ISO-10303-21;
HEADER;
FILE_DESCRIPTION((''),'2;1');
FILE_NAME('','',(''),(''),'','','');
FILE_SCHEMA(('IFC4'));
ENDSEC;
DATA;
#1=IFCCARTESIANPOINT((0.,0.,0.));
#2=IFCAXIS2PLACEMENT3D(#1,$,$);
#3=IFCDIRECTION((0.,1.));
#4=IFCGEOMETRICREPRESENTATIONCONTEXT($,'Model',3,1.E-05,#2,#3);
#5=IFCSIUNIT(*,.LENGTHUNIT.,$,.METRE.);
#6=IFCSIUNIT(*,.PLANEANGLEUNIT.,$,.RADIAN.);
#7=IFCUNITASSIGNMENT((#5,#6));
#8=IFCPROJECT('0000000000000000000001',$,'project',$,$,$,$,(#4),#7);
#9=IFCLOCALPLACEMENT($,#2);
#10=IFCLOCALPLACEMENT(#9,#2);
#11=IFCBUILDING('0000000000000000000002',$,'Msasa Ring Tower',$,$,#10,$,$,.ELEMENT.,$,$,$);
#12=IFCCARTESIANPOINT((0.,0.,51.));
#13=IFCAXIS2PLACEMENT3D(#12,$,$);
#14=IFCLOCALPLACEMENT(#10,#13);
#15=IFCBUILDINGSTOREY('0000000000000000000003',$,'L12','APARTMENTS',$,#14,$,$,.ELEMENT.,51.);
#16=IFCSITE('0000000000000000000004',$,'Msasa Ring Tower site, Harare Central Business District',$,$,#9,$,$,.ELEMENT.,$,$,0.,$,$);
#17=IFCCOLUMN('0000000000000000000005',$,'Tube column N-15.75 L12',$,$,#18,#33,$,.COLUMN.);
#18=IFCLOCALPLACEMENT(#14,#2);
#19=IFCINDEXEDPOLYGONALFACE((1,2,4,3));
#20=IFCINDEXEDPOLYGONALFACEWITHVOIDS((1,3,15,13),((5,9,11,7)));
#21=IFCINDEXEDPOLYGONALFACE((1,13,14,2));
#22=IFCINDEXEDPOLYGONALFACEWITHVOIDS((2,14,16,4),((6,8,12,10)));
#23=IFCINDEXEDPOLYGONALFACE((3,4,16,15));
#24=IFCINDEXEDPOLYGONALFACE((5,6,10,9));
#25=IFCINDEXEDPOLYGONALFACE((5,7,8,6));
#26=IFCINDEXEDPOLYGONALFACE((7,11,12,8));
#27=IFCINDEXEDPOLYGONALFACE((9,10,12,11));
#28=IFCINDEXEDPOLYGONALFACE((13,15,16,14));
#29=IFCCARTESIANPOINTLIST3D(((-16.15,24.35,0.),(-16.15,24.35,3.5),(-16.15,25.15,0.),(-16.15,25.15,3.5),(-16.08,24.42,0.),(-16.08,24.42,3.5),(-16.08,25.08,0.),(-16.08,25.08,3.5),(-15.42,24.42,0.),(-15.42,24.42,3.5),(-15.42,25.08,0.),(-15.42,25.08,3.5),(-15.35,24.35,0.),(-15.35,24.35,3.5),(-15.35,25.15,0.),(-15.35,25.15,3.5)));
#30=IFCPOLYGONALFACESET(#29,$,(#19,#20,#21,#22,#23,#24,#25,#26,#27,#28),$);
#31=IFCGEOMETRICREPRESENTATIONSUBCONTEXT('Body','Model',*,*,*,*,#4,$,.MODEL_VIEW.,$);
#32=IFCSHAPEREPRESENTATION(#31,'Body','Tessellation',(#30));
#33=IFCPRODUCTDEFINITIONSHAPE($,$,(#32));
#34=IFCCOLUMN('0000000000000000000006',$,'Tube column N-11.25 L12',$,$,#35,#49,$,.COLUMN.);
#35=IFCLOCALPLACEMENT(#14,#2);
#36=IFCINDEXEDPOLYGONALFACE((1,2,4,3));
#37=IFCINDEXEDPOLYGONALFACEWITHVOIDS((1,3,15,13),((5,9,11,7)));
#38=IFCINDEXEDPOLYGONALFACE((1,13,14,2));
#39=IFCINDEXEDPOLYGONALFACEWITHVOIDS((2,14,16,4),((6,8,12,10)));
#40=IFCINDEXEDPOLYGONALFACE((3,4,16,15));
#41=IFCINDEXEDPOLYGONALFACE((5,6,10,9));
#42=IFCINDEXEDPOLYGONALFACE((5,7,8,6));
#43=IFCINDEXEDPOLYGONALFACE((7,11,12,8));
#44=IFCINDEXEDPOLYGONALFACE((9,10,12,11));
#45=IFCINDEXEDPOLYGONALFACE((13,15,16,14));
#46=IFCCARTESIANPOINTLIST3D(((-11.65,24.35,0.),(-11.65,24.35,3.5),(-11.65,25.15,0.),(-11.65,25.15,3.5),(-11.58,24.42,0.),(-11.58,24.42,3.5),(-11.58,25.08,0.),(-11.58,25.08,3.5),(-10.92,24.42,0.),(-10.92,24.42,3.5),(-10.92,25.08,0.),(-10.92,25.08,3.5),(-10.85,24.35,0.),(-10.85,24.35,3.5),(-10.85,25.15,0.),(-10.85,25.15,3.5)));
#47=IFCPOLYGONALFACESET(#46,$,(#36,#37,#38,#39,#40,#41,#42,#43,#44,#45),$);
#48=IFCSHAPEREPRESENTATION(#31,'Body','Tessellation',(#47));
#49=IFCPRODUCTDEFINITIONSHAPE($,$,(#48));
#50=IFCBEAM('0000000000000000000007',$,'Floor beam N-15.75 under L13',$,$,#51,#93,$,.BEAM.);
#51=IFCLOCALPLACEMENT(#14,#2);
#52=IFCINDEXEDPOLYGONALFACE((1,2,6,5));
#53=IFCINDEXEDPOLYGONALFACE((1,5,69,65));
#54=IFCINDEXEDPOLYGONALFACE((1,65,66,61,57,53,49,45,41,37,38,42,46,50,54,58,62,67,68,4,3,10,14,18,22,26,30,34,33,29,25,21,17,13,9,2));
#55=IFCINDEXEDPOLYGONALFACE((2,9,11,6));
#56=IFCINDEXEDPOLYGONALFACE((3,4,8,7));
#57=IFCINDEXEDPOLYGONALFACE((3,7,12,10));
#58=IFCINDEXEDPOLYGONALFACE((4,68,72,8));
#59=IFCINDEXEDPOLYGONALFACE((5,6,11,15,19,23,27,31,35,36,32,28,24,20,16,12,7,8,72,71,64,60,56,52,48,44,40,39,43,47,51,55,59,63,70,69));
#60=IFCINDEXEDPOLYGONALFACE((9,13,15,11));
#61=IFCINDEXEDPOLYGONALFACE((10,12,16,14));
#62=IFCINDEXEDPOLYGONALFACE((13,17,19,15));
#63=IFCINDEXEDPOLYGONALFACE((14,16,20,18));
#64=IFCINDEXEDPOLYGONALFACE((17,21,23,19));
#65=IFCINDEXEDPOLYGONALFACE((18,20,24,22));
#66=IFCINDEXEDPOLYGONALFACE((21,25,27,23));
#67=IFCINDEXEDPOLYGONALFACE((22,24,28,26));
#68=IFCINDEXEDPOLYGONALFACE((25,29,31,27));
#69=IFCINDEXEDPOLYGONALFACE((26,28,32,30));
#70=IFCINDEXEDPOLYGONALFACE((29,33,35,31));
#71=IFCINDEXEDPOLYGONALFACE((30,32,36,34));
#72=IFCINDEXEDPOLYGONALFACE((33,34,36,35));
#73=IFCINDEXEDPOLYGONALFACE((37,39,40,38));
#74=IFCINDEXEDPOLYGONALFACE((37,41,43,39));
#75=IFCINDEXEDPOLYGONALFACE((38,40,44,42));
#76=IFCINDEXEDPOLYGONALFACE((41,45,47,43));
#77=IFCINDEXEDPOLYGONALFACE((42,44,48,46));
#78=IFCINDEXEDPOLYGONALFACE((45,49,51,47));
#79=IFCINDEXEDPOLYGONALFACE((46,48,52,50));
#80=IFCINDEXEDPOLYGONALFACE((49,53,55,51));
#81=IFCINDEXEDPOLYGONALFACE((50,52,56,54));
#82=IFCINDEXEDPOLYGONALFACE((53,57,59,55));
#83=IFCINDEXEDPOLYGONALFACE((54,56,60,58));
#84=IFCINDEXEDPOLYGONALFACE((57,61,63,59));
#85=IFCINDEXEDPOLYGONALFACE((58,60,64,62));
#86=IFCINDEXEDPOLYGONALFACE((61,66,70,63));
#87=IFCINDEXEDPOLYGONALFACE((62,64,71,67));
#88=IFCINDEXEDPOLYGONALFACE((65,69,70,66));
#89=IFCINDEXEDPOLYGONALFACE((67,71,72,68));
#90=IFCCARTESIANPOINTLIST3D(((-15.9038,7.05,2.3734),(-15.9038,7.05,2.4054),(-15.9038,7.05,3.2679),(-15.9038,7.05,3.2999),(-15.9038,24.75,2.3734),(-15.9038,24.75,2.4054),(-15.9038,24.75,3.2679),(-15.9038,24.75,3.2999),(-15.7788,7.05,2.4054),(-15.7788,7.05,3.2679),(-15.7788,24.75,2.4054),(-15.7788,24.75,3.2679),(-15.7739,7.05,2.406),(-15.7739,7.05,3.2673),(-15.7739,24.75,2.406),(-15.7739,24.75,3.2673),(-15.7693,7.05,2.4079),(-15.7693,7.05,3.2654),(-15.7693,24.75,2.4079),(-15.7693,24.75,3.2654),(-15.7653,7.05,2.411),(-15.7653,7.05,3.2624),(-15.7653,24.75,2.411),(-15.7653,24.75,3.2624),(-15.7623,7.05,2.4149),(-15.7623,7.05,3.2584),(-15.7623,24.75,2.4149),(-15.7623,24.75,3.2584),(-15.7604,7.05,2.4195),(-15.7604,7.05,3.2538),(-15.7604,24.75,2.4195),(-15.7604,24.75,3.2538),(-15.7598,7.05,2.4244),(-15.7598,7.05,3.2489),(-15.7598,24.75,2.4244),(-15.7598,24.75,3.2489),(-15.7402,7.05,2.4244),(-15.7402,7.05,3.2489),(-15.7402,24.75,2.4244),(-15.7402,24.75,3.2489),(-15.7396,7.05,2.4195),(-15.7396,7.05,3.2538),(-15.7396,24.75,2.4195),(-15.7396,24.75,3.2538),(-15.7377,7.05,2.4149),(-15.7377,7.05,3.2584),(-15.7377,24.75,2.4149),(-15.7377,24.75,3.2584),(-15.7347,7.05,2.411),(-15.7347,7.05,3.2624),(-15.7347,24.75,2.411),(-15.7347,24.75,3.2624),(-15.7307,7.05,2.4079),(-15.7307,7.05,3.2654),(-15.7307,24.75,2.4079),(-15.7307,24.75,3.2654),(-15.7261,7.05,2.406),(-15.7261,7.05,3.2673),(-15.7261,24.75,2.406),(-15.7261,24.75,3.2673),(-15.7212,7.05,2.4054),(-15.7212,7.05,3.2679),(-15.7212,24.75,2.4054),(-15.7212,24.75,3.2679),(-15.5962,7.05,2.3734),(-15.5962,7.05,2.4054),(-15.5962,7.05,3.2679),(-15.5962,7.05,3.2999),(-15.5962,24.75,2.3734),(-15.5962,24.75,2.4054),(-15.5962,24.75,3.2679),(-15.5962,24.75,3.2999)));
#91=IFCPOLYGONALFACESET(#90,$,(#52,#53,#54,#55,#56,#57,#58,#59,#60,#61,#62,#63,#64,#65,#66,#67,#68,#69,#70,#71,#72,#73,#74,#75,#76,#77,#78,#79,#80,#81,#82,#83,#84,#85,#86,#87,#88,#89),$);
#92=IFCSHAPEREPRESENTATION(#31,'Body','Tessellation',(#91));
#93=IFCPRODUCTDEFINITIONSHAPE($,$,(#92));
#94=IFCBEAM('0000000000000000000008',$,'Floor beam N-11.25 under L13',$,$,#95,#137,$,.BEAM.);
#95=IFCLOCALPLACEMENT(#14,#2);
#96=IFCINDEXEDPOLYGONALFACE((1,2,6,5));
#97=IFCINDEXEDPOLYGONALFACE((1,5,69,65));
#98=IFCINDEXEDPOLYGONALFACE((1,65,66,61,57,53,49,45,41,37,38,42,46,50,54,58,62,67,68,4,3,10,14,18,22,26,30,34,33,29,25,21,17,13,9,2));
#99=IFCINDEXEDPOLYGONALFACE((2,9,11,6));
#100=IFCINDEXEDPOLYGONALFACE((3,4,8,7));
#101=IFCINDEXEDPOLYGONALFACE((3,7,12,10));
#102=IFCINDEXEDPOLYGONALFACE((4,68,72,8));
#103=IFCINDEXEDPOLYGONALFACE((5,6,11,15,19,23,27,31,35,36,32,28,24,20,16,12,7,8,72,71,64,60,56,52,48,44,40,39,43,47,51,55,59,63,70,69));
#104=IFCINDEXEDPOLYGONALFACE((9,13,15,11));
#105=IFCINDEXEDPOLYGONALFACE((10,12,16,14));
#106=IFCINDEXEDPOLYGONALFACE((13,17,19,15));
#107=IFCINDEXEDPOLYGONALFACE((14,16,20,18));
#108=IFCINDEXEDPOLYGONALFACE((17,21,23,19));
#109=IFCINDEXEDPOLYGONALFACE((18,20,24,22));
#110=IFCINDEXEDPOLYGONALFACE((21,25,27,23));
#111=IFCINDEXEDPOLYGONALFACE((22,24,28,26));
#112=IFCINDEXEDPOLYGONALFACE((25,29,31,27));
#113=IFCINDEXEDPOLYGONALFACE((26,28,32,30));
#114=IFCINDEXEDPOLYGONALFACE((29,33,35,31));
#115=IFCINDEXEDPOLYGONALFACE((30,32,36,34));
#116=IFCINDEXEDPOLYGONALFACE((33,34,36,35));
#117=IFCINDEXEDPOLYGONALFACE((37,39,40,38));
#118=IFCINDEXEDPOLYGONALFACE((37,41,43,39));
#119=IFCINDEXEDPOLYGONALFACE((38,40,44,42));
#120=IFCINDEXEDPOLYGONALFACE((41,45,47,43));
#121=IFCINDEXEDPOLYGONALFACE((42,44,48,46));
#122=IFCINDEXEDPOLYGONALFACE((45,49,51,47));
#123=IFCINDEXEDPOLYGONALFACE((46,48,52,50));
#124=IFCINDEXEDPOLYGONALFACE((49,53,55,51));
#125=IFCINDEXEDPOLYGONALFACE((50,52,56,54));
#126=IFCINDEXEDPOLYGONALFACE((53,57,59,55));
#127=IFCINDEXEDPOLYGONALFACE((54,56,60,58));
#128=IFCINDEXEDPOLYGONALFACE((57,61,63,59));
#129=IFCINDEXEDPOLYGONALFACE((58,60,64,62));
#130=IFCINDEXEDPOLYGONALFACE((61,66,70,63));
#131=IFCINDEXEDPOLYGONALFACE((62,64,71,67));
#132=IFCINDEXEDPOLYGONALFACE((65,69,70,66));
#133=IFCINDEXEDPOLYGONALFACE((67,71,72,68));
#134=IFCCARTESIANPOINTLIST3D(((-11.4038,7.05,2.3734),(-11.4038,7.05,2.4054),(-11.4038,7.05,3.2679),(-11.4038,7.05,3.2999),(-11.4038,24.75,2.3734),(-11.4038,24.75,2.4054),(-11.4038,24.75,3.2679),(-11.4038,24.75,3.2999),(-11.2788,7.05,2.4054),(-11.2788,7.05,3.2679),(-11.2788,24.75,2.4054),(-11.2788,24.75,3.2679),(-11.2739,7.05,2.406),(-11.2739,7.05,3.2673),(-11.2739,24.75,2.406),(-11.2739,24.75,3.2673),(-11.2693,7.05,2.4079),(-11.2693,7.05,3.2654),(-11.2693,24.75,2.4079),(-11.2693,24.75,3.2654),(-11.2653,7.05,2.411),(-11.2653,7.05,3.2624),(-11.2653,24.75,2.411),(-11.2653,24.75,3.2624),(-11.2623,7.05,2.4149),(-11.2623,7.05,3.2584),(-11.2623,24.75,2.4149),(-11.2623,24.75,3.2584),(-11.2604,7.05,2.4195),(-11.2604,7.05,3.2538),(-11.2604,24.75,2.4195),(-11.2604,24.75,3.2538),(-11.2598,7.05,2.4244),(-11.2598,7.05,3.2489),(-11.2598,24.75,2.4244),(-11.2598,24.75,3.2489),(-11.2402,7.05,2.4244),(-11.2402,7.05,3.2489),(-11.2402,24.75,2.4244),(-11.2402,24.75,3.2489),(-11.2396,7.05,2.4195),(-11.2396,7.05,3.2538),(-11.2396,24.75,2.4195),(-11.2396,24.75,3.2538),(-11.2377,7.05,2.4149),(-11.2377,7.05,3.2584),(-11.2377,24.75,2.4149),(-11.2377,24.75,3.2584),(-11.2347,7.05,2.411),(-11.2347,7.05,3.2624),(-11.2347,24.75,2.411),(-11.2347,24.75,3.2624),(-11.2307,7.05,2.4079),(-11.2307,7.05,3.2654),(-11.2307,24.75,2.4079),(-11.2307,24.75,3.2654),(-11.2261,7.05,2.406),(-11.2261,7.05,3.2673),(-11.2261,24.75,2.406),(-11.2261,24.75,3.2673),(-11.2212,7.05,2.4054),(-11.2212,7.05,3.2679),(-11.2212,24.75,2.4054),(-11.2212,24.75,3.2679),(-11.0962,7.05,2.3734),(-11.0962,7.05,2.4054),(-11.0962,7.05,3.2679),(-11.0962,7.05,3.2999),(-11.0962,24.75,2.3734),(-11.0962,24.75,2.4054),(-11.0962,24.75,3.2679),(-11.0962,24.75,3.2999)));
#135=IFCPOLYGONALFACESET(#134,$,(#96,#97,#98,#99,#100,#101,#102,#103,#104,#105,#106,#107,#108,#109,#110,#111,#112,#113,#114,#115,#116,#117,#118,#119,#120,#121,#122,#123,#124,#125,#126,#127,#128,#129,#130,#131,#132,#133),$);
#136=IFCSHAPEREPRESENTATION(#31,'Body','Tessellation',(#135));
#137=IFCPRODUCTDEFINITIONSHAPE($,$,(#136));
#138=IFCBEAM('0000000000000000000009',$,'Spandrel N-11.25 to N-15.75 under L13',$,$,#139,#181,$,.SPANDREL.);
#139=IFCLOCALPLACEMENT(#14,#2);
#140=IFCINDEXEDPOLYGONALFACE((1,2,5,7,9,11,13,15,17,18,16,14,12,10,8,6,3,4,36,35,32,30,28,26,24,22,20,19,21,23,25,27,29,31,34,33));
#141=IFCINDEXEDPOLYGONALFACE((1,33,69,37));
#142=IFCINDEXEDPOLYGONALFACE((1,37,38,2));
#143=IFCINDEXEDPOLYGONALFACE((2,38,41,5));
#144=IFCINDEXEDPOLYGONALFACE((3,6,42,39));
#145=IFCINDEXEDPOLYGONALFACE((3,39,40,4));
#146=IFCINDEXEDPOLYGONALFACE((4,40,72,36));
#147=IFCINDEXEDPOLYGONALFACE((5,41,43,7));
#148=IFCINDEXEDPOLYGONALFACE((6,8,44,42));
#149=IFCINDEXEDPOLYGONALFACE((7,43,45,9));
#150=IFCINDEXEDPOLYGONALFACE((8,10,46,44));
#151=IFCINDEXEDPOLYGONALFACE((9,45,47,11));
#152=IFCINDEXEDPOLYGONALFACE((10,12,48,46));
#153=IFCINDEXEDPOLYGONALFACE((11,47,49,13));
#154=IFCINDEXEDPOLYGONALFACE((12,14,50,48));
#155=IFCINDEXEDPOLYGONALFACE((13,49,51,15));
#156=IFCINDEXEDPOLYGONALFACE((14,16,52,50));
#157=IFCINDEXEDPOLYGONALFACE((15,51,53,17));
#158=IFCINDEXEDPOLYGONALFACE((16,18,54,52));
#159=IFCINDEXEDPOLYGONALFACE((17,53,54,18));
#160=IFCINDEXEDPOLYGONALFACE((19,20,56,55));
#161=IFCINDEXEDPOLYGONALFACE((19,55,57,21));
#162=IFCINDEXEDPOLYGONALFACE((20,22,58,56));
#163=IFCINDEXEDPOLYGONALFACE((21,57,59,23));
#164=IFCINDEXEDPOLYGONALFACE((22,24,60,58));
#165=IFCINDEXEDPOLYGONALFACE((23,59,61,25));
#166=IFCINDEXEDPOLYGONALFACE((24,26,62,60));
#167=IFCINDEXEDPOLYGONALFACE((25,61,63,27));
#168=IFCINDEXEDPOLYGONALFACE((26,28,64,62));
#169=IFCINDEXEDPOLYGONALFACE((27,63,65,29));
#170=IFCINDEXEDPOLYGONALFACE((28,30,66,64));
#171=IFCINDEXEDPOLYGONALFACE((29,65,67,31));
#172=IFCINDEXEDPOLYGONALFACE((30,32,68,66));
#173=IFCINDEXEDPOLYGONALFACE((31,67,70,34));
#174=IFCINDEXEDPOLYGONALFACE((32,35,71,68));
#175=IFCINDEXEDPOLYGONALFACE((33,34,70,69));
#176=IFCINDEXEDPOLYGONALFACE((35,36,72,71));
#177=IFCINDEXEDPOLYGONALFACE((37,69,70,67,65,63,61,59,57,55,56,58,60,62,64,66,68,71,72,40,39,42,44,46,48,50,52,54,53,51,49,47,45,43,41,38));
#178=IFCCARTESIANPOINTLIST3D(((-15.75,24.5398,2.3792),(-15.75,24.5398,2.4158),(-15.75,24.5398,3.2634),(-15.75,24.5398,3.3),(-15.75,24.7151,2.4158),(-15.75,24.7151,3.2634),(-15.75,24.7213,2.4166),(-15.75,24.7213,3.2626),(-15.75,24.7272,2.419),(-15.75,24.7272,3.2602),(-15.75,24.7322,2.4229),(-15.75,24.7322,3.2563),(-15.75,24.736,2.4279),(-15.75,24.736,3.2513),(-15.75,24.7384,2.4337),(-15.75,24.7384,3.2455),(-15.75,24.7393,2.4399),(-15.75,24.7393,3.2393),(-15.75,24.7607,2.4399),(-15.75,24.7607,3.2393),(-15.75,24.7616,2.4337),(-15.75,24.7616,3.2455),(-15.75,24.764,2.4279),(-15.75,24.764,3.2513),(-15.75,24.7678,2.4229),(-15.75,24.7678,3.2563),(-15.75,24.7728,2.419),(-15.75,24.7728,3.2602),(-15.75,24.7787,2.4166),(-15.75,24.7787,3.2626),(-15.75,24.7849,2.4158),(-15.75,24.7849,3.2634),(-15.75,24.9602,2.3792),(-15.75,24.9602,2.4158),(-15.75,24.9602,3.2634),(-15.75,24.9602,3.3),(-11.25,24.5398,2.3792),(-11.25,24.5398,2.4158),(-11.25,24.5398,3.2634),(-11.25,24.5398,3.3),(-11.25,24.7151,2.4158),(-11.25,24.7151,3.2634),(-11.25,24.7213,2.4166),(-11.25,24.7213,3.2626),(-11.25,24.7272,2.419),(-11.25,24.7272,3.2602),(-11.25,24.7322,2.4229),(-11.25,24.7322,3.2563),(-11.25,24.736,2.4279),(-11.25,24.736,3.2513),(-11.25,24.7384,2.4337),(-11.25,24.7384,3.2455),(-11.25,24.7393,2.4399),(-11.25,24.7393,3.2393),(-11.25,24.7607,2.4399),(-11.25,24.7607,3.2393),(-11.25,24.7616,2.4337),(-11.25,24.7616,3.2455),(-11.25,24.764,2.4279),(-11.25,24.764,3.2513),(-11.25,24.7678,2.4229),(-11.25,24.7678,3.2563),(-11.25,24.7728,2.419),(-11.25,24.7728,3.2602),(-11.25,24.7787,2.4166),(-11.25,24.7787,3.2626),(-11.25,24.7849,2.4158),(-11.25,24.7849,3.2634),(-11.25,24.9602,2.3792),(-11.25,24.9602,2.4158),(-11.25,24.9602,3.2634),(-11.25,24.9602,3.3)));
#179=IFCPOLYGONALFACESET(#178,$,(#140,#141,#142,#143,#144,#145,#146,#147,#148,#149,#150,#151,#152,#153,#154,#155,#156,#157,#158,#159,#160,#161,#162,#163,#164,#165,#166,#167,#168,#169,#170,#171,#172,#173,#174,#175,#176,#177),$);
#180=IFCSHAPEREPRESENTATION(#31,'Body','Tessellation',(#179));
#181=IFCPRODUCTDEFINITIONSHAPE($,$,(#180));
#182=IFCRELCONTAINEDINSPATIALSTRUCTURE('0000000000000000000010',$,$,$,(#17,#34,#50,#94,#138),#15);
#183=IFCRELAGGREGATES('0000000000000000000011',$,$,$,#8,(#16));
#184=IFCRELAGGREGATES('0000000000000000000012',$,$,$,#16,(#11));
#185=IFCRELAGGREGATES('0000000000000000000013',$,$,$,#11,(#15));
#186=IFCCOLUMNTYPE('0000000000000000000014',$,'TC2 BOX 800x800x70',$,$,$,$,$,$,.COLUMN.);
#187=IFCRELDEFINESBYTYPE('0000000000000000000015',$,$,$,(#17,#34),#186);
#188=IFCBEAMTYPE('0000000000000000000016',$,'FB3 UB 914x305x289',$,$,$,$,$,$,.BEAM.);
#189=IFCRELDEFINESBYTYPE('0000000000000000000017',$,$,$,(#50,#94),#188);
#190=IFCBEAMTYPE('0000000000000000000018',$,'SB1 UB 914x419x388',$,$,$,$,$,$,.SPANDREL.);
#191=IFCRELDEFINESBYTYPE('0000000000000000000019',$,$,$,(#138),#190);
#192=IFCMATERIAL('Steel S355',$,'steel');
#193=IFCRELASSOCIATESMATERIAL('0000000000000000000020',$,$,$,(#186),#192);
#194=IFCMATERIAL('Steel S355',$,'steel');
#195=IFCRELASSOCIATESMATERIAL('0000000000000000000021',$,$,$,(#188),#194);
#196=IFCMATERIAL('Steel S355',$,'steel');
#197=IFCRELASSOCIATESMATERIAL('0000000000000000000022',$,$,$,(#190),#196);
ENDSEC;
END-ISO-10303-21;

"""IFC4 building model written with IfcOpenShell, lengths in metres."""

from ifc_helpers import new_model, si_unit, direction, frame, origin, origin_2d, place, context, subcontext, project, spatial, hollow_rectangle, i_section, extrude, material, material_profile, profile_set, type_object, element, save


model = new_model("IFC4")

# Units and contexts
model_context = context("Model", 3, precision=1e-05, world=origin(), true_north=direction((0.0, 1.0)))
body_context = subcontext(model_context, "Body", "Model", "MODEL_VIEW")
ifc_project = project(units=[si_unit("LENGTHUNIT", "METRE"), si_unit("PLANEANGLEUNIT", "RADIAN")], contexts=[model_context])

# Site, building, storey
site_placement = place(None, origin())
site = spatial("IfcSite", under=ifc_project, at=site_placement, Name="Msasa Ring Tower site, Harare Central Business District", CompositionType="ELEMENT", RefElevation=0.0)
building_placement = place(site_placement, origin())
building = spatial("IfcBuilding", under=site, at=building_placement, Name="Msasa Ring Tower", CompositionType="ELEMENT")
storey_placement = place(building_placement, frame((0.0, 0.0, 51.0)))
storey = spatial("IfcBuildingStorey", under=building, at=storey_placement, Name="L12", Description="APARTMENTS", CompositionType="ELEMENT", Elevation=51.0)

# Columns
ifc_material_1 = material(Name="Steel S355", Category="steel")
ifc_material_profile_1 = material_profile(ifc_material_1, hollow_rectangle(XDim=0.8, YDim=0.8, WallThickness=0.0701, at=origin_2d()), Name="BOX 800x800x70")
ifc_profile_set_1 = profile_set([ifc_material_profile_1], Name="Steel S355")
column_type = type_object("IfcColumnType", Name="TC2 BOX 800x800x70", PredefinedType="COLUMN", material=ifc_profile_set_1)
for number, where, z_axis, x_axis, name in (
    (1, (-15.75, 24.75, 0.0), (0.0, 0.0, 1.0), (0.0, 1.0, 0.0), "Tube column N-15.75 L12"),
    (2, (-11.25, 24.75, 0.0), (0.0, 0.0, 1.0), (0.0, 1.0, 0.0), "Tube column N-11.25 L12"),
):
    element("IfcColumn", number, at=place(storey_placement, frame(where, z_axis=z_axis, x_axis=x_axis)), inside=storey, type_object=column_type, Name=name, PredefinedType="COLUMN", context=body_context, shape_type="SweptSolid", body=[
        extrude(hollow_rectangle(XDim=0.8, YDim=0.8, WallThickness=0.0701, at=origin_2d()), origin(), (0.0, 0.0, 1.0), 3.5),
    ])

# Beams
ifc_material_2 = material(Name="Steel S355", Category="steel")
ifc_material_profile_2 = material_profile(ifc_material_2, i_section(OverallWidth=0.3076, OverallDepth=0.9265, WebThickness=0.0195, FlangeThickness=0.032, FilletRadius=0.019, at=origin_2d()), Name="UB 914x305x289")
ifc_profile_set_2 = profile_set([ifc_material_profile_2], Name="Steel S355")
beam_type_1 = type_object("IfcBeamType", Name="FB3 UB 914x305x289", PredefinedType="BEAM", material=ifc_profile_set_2)
for number, where, z_axis, x_axis, name in (
    (3, (-15.75, 24.75, 2.8367), (0.0, -1.0, 0.0), (1.0, 0.0, 0.0), "Floor beam N-15.75 under L13"),
    (4, (-11.25, 24.75, 2.8367), (0.0, -1.0, 0.0), (1.0, 0.0, 0.0), "Floor beam N-11.25 under L13"),
):
    element("IfcBeam", number, at=place(storey_placement, frame(where, z_axis=z_axis, x_axis=x_axis)), inside=storey, type_object=beam_type_1, Name=name, PredefinedType="BEAM", context=body_context, shape_type="SweptSolid", body=[
        extrude(i_section(OverallWidth=0.3076, OverallDepth=0.9265, WebThickness=0.0195, FlangeThickness=0.032, FilletRadius=0.019, at=origin_2d()), origin(), (0.0, 0.0, 1.0), 17.7),
    ])
ifc_material_3 = material(Name="Steel S355", Category="steel")
ifc_material_profile_3 = material_profile(ifc_material_3, i_section(OverallWidth=0.4204, OverallDepth=0.9209, WebThickness=0.0215, FlangeThickness=0.0366, FilletRadius=0.0242, at=origin_2d()), Name="UB 914x419x388")
ifc_profile_set_3 = profile_set([ifc_material_profile_3], Name="Steel S355")
beam_type_2 = type_object("IfcBeamType", Name="SB1 UB 914x419x388", PredefinedType="SPANDREL", material=ifc_profile_set_3)
for number, where, z_axis, x_axis, name in (
    (5, (-11.25, 24.75, 2.8396), (-1.0, 0.0, 0.0), (0.0, -1.0, 0.0), "Spandrel N-11.25 to N-15.75 under L13"),
):
    element("IfcBeam", number, at=place(storey_placement, frame(where, z_axis=z_axis, x_axis=x_axis)), inside=storey, type_object=beam_type_2, Name=name, PredefinedType="SPANDREL", context=body_context, shape_type="SweptSolid", body=[
        extrude(i_section(OverallWidth=0.4204, OverallDepth=0.9209, WebThickness=0.0215, FlangeThickness=0.0366, FilletRadius=0.0242, at=origin_2d()), origin(), (0.0, 0.0, 1.0), 4.5),
    ])

save(model, "model.ifc")
